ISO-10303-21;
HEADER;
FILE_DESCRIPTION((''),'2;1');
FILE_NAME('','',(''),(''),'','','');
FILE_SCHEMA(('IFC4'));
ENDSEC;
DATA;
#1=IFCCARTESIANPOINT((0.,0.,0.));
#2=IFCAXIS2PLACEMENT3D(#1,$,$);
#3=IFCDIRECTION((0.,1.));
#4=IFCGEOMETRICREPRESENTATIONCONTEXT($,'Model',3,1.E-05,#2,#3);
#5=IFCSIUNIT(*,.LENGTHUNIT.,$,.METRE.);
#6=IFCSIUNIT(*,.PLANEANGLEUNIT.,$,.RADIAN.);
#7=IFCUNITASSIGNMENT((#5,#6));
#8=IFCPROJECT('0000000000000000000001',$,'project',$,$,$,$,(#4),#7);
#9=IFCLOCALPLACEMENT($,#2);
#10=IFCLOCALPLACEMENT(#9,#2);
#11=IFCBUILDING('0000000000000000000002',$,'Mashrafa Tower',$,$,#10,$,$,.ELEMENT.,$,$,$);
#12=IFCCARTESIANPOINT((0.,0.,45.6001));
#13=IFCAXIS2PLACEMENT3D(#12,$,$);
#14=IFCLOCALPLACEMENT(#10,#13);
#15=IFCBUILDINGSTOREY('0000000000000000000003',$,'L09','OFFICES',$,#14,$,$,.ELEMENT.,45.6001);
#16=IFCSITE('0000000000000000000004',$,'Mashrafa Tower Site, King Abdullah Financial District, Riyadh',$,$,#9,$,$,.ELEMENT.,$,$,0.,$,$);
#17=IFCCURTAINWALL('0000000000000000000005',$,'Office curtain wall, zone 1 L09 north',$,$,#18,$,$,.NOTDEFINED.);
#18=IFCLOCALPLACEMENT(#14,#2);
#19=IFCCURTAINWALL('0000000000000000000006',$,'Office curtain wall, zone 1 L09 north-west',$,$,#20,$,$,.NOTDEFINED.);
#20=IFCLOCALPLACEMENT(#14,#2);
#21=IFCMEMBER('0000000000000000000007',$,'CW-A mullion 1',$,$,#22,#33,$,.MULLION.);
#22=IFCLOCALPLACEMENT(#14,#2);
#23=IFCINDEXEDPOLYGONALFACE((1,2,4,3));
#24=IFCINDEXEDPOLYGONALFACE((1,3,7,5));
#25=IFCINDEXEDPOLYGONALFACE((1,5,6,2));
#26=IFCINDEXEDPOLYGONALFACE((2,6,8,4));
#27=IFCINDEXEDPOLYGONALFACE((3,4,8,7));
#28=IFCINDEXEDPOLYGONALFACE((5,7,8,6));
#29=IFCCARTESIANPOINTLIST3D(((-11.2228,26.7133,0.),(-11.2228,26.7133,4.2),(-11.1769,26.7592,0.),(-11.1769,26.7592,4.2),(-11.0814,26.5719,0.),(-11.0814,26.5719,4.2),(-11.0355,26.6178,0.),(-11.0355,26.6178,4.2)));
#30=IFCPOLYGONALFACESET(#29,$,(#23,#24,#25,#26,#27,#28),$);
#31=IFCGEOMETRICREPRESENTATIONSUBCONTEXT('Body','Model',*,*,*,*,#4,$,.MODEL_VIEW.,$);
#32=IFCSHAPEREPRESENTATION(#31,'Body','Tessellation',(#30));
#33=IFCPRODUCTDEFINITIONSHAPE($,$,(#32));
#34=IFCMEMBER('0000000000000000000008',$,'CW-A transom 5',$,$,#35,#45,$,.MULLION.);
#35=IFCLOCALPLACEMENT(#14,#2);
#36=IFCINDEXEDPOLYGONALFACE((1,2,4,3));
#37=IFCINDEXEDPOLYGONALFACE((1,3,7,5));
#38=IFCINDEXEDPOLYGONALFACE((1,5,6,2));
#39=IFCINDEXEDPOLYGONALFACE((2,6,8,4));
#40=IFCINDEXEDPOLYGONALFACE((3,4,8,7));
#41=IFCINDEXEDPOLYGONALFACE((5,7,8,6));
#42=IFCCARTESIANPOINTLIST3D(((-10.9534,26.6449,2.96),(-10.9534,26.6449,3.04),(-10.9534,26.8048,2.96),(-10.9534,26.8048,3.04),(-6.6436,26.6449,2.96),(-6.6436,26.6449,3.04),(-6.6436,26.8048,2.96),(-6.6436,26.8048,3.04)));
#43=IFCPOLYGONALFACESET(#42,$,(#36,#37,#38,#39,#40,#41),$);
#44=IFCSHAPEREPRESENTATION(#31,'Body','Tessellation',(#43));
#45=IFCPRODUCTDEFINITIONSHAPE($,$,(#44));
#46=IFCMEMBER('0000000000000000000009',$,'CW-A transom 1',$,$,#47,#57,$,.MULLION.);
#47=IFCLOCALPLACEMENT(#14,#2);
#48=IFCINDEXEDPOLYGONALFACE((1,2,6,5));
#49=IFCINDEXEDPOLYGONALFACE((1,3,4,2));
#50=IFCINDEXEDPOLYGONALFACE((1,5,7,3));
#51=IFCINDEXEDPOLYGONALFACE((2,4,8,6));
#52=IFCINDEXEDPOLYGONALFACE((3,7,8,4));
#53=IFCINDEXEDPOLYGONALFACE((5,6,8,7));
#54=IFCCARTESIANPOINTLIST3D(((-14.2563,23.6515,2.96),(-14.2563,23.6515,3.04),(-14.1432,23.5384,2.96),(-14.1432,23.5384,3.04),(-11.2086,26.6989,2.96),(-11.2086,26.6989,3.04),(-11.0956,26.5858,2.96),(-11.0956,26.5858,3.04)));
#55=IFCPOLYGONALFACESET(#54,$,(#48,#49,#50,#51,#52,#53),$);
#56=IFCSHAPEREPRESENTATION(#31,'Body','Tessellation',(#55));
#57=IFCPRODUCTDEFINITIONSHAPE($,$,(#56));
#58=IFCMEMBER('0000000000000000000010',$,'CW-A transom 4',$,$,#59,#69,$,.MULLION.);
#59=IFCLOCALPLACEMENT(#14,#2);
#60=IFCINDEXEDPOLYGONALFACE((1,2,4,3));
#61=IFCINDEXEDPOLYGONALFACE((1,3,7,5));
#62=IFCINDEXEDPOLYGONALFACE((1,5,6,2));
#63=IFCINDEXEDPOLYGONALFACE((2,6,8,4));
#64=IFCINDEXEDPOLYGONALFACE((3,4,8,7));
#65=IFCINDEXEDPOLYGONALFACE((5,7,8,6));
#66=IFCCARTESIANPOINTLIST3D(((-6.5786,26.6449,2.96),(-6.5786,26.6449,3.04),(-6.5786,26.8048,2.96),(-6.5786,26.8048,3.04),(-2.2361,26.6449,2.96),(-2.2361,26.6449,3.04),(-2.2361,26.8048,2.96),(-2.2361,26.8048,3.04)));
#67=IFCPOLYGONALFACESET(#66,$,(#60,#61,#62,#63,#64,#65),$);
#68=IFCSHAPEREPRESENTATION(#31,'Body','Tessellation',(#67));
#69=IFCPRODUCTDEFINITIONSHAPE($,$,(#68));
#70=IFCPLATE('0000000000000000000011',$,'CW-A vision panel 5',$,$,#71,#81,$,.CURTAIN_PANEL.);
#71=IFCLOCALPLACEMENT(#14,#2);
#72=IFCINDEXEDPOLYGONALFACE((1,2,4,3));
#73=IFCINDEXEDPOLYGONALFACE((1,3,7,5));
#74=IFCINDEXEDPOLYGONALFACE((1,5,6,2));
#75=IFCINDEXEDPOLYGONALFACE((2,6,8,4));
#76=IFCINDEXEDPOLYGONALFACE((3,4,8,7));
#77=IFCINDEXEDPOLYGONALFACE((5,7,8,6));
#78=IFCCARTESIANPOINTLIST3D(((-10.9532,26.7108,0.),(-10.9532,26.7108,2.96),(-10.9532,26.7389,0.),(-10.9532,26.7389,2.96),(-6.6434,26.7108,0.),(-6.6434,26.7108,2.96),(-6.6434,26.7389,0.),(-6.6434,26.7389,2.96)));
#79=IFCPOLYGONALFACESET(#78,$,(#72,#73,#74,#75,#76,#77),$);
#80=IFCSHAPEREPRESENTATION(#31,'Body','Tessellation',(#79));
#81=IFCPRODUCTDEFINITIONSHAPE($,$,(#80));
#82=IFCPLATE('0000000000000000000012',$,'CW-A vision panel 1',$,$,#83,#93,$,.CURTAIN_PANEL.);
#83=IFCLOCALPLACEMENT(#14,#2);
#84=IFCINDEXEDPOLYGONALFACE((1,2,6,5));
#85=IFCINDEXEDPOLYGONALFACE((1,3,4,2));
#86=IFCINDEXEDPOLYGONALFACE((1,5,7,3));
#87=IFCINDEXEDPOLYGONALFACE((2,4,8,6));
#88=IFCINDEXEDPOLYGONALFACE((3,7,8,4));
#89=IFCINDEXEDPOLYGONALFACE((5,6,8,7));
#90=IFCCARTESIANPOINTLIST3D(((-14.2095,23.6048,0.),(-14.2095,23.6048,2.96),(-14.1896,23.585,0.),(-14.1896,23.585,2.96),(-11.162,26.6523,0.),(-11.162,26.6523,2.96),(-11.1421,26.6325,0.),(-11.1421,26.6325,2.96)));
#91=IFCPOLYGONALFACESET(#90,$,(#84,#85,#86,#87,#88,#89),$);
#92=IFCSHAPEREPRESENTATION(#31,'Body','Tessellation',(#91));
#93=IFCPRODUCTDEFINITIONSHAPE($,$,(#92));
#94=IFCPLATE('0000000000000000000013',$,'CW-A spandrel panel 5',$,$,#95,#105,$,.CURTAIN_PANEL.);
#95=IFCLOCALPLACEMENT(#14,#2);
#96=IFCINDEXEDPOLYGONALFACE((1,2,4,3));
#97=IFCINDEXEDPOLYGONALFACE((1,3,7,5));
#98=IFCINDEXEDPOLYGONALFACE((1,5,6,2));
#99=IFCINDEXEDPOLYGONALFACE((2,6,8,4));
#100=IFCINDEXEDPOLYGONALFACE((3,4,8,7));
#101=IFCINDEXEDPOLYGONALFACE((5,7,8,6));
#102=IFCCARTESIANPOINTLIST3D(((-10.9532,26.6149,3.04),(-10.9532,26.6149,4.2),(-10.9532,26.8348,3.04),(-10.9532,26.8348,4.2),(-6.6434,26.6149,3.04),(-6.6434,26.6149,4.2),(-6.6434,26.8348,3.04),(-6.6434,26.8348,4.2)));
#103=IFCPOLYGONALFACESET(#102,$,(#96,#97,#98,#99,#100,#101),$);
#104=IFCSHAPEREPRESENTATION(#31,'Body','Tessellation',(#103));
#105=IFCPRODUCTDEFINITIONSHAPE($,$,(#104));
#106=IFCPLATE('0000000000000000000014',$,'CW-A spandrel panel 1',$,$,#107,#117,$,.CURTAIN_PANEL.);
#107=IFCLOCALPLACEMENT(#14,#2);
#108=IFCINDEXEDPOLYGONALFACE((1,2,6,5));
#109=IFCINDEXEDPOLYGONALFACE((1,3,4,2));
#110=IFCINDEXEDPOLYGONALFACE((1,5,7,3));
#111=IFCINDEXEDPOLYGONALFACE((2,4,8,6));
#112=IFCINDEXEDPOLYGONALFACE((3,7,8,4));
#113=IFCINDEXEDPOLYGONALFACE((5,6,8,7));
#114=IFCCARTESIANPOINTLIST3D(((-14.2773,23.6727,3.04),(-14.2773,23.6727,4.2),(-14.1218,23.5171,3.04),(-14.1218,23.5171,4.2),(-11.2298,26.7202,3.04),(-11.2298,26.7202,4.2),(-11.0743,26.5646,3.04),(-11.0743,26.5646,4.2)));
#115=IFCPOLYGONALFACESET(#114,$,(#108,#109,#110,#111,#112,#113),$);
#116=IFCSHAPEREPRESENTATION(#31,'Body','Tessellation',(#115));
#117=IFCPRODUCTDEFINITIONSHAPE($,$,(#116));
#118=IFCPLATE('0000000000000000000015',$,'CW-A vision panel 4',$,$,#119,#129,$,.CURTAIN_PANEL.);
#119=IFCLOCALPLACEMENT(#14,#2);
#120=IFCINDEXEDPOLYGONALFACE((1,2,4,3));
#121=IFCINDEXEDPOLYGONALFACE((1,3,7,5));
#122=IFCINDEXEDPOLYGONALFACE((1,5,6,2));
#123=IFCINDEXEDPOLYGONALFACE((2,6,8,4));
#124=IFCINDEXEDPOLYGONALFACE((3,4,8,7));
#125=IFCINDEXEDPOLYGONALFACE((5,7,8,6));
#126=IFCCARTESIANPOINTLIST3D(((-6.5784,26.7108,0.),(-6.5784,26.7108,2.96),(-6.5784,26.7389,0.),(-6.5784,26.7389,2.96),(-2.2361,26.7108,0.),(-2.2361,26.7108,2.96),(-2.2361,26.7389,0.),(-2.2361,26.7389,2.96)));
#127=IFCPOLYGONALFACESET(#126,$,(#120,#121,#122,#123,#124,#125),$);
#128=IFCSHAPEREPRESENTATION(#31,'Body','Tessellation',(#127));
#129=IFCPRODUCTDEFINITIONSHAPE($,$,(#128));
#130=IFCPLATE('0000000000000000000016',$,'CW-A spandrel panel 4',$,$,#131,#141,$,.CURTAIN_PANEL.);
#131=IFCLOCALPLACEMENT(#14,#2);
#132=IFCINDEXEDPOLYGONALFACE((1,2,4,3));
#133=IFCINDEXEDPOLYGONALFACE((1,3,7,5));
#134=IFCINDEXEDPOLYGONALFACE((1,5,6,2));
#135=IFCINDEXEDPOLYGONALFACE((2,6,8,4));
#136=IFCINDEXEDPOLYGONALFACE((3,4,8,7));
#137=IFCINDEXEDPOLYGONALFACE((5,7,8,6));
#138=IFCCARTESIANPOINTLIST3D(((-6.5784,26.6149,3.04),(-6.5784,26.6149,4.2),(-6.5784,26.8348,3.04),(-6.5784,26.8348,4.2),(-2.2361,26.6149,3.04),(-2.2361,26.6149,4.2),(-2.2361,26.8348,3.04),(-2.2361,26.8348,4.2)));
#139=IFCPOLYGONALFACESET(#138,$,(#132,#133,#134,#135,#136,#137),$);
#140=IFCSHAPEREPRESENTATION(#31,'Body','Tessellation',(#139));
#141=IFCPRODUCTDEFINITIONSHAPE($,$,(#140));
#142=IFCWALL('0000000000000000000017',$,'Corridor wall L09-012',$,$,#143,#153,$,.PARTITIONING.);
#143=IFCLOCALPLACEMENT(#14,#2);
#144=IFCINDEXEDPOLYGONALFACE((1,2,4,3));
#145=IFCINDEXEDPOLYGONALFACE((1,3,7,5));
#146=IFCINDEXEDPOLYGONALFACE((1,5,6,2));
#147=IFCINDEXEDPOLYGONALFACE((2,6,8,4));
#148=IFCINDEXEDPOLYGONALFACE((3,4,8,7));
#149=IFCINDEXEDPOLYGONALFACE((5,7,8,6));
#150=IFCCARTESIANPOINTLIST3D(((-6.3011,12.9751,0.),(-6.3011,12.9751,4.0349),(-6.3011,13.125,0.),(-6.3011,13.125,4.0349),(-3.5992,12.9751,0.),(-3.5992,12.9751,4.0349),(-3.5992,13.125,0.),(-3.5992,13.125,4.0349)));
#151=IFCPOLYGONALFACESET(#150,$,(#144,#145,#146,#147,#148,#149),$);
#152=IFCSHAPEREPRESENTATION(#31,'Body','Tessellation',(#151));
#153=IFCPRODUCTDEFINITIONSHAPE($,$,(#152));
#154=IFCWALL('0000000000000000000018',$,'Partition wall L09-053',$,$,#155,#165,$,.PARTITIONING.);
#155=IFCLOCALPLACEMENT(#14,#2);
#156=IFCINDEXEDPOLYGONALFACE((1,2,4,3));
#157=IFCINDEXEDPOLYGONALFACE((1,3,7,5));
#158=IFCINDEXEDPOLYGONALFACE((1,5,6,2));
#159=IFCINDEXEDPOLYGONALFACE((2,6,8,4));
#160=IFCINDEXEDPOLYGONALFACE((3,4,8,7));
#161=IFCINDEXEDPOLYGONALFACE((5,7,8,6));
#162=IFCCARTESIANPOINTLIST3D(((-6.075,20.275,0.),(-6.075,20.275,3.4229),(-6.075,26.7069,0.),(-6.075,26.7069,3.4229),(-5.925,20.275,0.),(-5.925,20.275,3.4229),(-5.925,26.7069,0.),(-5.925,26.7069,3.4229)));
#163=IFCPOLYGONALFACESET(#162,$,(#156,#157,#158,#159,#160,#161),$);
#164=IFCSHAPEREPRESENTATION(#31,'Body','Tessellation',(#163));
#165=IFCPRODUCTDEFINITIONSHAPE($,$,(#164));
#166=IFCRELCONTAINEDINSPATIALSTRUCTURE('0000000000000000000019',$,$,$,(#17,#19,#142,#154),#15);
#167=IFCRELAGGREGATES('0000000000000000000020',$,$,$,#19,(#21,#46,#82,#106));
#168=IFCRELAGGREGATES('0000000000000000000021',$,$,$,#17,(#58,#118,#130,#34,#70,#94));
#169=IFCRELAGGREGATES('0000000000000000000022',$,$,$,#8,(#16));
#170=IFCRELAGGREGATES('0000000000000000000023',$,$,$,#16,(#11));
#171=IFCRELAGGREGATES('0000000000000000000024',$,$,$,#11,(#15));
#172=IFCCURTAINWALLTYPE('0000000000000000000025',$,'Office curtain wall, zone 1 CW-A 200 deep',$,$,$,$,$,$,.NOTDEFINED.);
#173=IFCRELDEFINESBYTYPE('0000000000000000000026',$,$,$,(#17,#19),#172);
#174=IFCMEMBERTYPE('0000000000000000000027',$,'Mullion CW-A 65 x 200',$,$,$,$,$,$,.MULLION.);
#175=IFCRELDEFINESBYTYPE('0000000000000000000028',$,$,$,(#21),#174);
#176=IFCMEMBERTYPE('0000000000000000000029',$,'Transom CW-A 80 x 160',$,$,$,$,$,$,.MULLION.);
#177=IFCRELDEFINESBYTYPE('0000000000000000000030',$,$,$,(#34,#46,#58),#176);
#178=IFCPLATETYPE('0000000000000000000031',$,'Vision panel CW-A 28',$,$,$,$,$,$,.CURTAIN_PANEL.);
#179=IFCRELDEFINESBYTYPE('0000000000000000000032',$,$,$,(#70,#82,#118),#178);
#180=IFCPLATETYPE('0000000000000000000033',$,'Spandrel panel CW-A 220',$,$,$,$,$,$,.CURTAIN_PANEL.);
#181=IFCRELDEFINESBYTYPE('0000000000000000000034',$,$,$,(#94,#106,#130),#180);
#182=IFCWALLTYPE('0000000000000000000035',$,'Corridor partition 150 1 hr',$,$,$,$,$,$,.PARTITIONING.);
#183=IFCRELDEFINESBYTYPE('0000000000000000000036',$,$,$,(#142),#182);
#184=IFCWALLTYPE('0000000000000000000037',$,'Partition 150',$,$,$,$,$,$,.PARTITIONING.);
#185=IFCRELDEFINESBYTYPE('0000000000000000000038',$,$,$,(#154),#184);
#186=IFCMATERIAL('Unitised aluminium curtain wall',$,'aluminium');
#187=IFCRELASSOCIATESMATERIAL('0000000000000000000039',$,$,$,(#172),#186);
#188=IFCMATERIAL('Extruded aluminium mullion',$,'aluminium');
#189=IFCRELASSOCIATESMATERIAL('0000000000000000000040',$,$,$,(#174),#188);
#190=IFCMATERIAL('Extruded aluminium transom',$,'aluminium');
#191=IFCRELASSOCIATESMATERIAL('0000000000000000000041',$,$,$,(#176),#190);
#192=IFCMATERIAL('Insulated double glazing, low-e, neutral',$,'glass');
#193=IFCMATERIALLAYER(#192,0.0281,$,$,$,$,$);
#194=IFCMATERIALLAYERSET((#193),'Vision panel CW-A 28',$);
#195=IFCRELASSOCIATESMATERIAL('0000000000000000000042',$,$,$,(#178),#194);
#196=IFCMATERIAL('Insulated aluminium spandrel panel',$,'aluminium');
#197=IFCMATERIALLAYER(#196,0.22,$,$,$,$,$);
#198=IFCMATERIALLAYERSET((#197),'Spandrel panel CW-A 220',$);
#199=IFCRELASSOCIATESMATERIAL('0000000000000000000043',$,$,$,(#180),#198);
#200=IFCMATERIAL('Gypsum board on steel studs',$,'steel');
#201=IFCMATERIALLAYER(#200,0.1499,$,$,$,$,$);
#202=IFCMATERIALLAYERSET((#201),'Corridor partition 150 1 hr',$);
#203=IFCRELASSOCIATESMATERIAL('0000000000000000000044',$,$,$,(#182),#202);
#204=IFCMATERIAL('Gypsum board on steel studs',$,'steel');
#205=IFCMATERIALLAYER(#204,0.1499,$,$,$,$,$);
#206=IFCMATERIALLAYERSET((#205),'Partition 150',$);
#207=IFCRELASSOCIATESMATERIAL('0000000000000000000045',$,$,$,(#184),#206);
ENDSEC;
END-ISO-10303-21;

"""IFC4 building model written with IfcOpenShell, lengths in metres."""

from ifc_helpers import new_model, si_unit, direction, frame, frame_2d, origin, origin_2d, place, context, subcontext, project, spatial, rectangle, extrude, source, transform, mapped, material, layer, layer_set, material_profile, profile_set, type_object, type_shapes, element, aggregate, save


model = new_model("IFC4")

# Units and contexts
model_context = context("Model", 3, precision=1e-05, world=origin(), true_north=direction((0.0, 1.0)))
body_context = subcontext(model_context, "Body", "Model", "MODEL_VIEW")
ifc_project = project(units=[si_unit("LENGTHUNIT", "METRE"), si_unit("PLANEANGLEUNIT", "RADIAN")], contexts=[model_context])

# Site, building, storey
site_placement = place(None, origin())
site = spatial("IfcSite", under=ifc_project, at=site_placement, Name="Mashrafa Tower Site, King Abdullah Financial District, Riyadh", CompositionType="ELEMENT", RefElevation=0.0)
building_placement = place(site_placement, origin())
building = spatial("IfcBuilding", under=site, at=building_placement, Name="Mashrafa Tower", CompositionType="ELEMENT")
storey_placement = place(building_placement, frame((0.0, 0.0, 45.6001)))
storey = spatial("IfcBuildingStorey", under=building, at=storey_placement, Name="L09", Description="OFFICES", CompositionType="ELEMENT", Elevation=45.6001)

# Curtain wall
ifc_material_1 = material(Name="Unitised aluminium curtain wall", Category="aluminium")
curtain_wall_type = type_object("IfcCurtainWallType", Name="Office curtain wall, zone 1 CW-A 200 deep", PredefinedType="NOTDEFINED", material=ifc_material_1)
curtain_wall_1_placement = place(storey_placement, origin())
curtain_wall_1 = element("IfcCurtainWall", 1, at=curtain_wall_1_placement, inside=storey, type_object=curtain_wall_type, Name="Office curtain wall, zone 1 L09 north", PredefinedType="NOTDEFINED")
ifc_material_2 = material(Name="Extruded aluminium mullion", Category="aluminium")
ifc_material_profile_1 = material_profile(ifc_material_2, rectangle(XDim=0.2, YDim=0.0649, at=origin_2d()), Name="Mullion 65x200")
ifc_profile_set_1 = profile_set([ifc_material_profile_1], Name="Extruded aluminium mullion")
member_type_1 = type_object("IfcMemberType", Name="Mullion CW-A 65 x 200", PredefinedType="MULLION", material=ifc_profile_set_1)
shared_shape_1 = source(origin(), body_context, "Body", "SweptSolid", [
    extrude(rectangle(XDim=0.2, YDim=0.0649, at=origin_2d()), origin(), (0.0, 0.0, 1.0), 4.2),
])
type_shapes(member_type_1, [shared_shape_1])

# Curtain wall, member
curtain_wall_2_placement = place(storey_placement, origin())
curtain_wall_2 = element("IfcCurtainWall", 2, at=curtain_wall_2_placement, inside=storey, type_object=curtain_wall_type, Name="Office curtain wall, zone 1 L09 north-west", PredefinedType="NOTDEFINED")
member_1_placement = place(storey_placement, frame((-11.1292, 26.6655, 0.0), z_axis=(0.0, 0.0, 1.0), x_axis=(0.707107, -0.707107, 0.0)))
member_1 = element("IfcMember", 3, at=member_1_placement, type_object=member_type_1, Name="CW-A mullion 1", PredefinedType="MULLION", context=body_context, shape_type="MappedRepresentation", body=[
    mapped(shared_shape_1, transform((0.0, 0.0, 0.0))),
])

# Members
ifc_material_3 = material(Name="Extruded aluminium transom", Category="aluminium")
ifc_material_profile_2 = material_profile(ifc_material_3, rectangle(XDim=0.1599, YDim=0.0801, at=origin_2d()), Name="Transom 80x160")
ifc_profile_set_2 = profile_set([ifc_material_profile_2], Name="Extruded aluminium transom")
member_type_2 = type_object("IfcMemberType", Name="Transom CW-A 80 x 160", PredefinedType="MULLION", material=ifc_profile_set_2)
shared_shape_2 = source(origin(), body_context, "Body", "SweptSolid", [
    extrude(rectangle(XDim=0.1599, YDim=0.0801, at=origin_2d()), origin(), (0.0, 0.0, 1.0), 4.3098),
])
member_2_placement = place(storey_placement, frame((-6.6436, 26.7249, 3.0), z_axis=(-1.0, 0.0, 0.0), x_axis=(0.0, -1.0, 0.0)))
member_2 = element("IfcMember", 4, at=member_2_placement, type_object=member_type_2, Name="CW-A transom 5", PredefinedType="MULLION", context=body_context, shape_type="MappedRepresentation", body=[
    mapped(shared_shape_2, transform((0.0, 0.0, 0.0))),
])
member_3_placement = place(storey_placement, frame((-11.1521, 26.6423, 3.0), z_axis=(-0.707135, -0.707078, 0.0), x_axis=(0.707078, -0.707135, 0.0)))
member_3 = element("IfcMember", 5, at=member_3_placement, type_object=member_type_2, Name="CW-A transom 1", PredefinedType="MULLION", context=body_context, shape_type="MappedRepresentation", body=[
    mapped(shared_shape_2, transform((0.0, 0.0, 0.0))),
])
shared_shape_3 = source(origin(), body_context, "Body", "SweptSolid", [
    extrude(rectangle(XDim=0.1599, YDim=0.0801, at=origin_2d()), origin(), (0.0, 0.0, 1.0), 4.3425),
])
type_shapes(member_type_2, [shared_shape_2, shared_shape_3])
member_4_placement = place(storey_placement, frame((-2.2361, 26.7249, 3.0), z_axis=(-1.0, 0.0, 0.0), x_axis=(0.0, -1.0, 0.0)))
member_4 = element("IfcMember", 6, at=member_4_placement, type_object=member_type_2, Name="CW-A transom 4", PredefinedType="MULLION", context=body_context, shape_type="MappedRepresentation", body=[
    mapped(shared_shape_3, transform((0.0, 0.0, 0.0))),
])

# Plates
ifc_material_4 = material(Name="Insulated double glazing, low-e, neutral", Category="glass")
ifc_layer_1 = layer(ifc_material_4, 0.0281)
ifc_layer_set_1 = layer_set([ifc_layer_1], Name="Vision panel CW-A 28")
plate_type_1 = type_object("IfcPlateType", Name="Vision panel CW-A 28", PredefinedType="CURTAIN_PANEL", material=ifc_layer_set_1)
shared_shape_4 = source(origin(), body_context, "Body", "SweptSolid", [
    extrude(rectangle(XDim=4.3098, YDim=0.0281, at=origin_2d()), origin(), (0.0, 0.0, 1.0), 2.96),
])
plate_1_placement = place(storey_placement, frame((-8.7983, 26.7249, 0.0), z_axis=(0.0, 0.0, 1.0), x_axis=(-1.0, 0.0, 0.0)))
plate_1 = element("IfcPlate", 7, at=plate_1_placement, type_object=plate_type_1, Name="CW-A vision panel 5", PredefinedType="CURTAIN_PANEL", context=body_context, shape_type="MappedRepresentation", body=[
    mapped(shared_shape_4, transform((0.0, 0.0, 0.0))),
])
plate_2_placement = place(storey_placement, frame((-12.6758, 25.1187, 0.0), z_axis=(0.0, 0.0, 1.0), x_axis=(-0.707107, -0.707107, 0.0)))
plate_2 = element("IfcPlate", 8, at=plate_2_placement, type_object=plate_type_1, Name="CW-A vision panel 1", PredefinedType="CURTAIN_PANEL", context=body_context, shape_type="MappedRepresentation", body=[
    mapped(shared_shape_4, transform((0.0, 0.0, 0.0))),
])
ifc_material_5 = material(Name="Insulated aluminium spandrel panel", Category="aluminium")
ifc_layer_2 = layer(ifc_material_5, 0.22)
ifc_layer_set_2 = layer_set([ifc_layer_2], Name="Spandrel panel CW-A 220")
plate_type_2 = type_object("IfcPlateType", Name="Spandrel panel CW-A 220", PredefinedType="CURTAIN_PANEL", material=ifc_layer_set_2)
shared_shape_5 = source(origin(), body_context, "Body", "SweptSolid", [
    extrude(rectangle(XDim=4.3098, YDim=0.22, at=origin_2d()), origin(), (0.0, 0.0, 1.0), 1.1599),
])
plate_3_placement = place(storey_placement, frame((-8.7983, 26.7249, 3.04), z_axis=(0.0, 0.0, 1.0), x_axis=(-1.0, 0.0, 0.0)))
plate_3 = element("IfcPlate", 9, at=plate_3_placement, type_object=plate_type_2, Name="CW-A spandrel panel 5", PredefinedType="CURTAIN_PANEL", context=body_context, shape_type="MappedRepresentation", body=[
    mapped(shared_shape_5, transform((0.0, 0.0, 0.0))),
])
plate_4_placement = place(storey_placement, frame((-12.6758, 25.1187, 3.04), z_axis=(0.0, 0.0, 1.0), x_axis=(-0.707107, -0.707107, 0.0)))
plate_4 = element("IfcPlate", 10, at=plate_4_placement, type_object=plate_type_2, Name="CW-A spandrel panel 1", PredefinedType="CURTAIN_PANEL", context=body_context, shape_type="MappedRepresentation", body=[
    mapped(shared_shape_5, transform((0.0, 0.0, 0.0))),
])
aggregate(curtain_wall_2, [member_1, member_3, plate_2, plate_4])
shared_shape_6 = source(origin(), body_context, "Body", "SweptSolid", [
    extrude(rectangle(XDim=4.3423, YDim=0.0281, at=origin_2d()), origin(), (0.0, 0.0, 1.0), 2.96),
])
type_shapes(plate_type_1, [shared_shape_4, shared_shape_6])
plate_5_placement = place(storey_placement, frame((-4.4072, 26.7249, 0.0), z_axis=(0.0, 0.0, 1.0), x_axis=(-1.0, 0.0, 0.0)))
plate_5 = element("IfcPlate", 11, at=plate_5_placement, type_object=plate_type_1, Name="CW-A vision panel 4", PredefinedType="CURTAIN_PANEL", context=body_context, shape_type="MappedRepresentation", body=[
    mapped(shared_shape_6, transform((0.0, 0.0, 0.0))),
])
shared_shape_7 = source(origin(), body_context, "Body", "SweptSolid", [
    extrude(rectangle(XDim=4.3423, YDim=0.22, at=origin_2d()), origin(), (0.0, 0.0, 1.0), 1.1599),
])
type_shapes(plate_type_2, [shared_shape_5, shared_shape_7])
plate_6_placement = place(storey_placement, frame((-4.4072, 26.7249, 3.04), z_axis=(0.0, 0.0, 1.0), x_axis=(-1.0, 0.0, 0.0)))
plate_6 = element("IfcPlate", 12, at=plate_6_placement, type_object=plate_type_2, Name="CW-A spandrel panel 4", PredefinedType="CURTAIN_PANEL", context=body_context, shape_type="MappedRepresentation", body=[
    mapped(shared_shape_7, transform((0.0, 0.0, 0.0))),
])
aggregate(curtain_wall_1, [member_4, plate_5, plate_6, member_2, plate_1, plate_3])

# Walls
ifc_material_6 = material(Name="Gypsum board on steel studs", Category="steel")
ifc_layer_3 = layer(ifc_material_6, 0.1499)
ifc_layer_set_3 = layer_set([ifc_layer_3], Name="Corridor partition 150 1 hr")
wall_type_1 = type_object("IfcWallType", Name="Corridor partition 150 1 hr", PredefinedType="PARTITIONING", material=ifc_layer_set_3)
wall_1_placement = place(storey_placement, frame((-3.5991, 13.05, 0.0), z_axis=(0.0, 0.0, 1.0), x_axis=(-1.0, 0.0, 0.0)))
element("IfcWall", 13, at=wall_1_placement, inside=storey, type_object=wall_type_1, Name="Corridor wall L09-012", PredefinedType="PARTITIONING", context=body_context, shape_type="SweptSolid", body=[
    extrude(rectangle(XDim=2.7019, YDim=0.1499, at=frame_2d((1.3511, 0.0))), origin(), (0.0, 0.0, 1.0), 4.0349),
])
ifc_material_7 = material(Name="Gypsum board on steel studs", Category="steel")
ifc_layer_4 = layer(ifc_material_7, 0.1499)
ifc_layer_set_4 = layer_set([ifc_layer_4], Name="Partition 150")
wall_type_2 = type_object("IfcWallType", Name="Partition 150", PredefinedType="PARTITIONING", material=ifc_layer_set_4)
wall_2_placement = place(storey_placement, frame((-6.0, 26.7068, 0.0), z_axis=(0.0, 0.0, 1.0), x_axis=(0.0, -1.0, 0.0)))
element("IfcWall", 14, at=wall_2_placement, inside=storey, type_object=wall_type_2, Name="Partition wall L09-053", PredefinedType="PARTITIONING", context=body_context, shape_type="SweptSolid", body=[
    extrude(rectangle(XDim=6.4319, YDim=0.1499, at=frame_2d((3.2158, 0.0))), origin(), (0.0, 0.0, 1.0), 3.4229),
])

save(model, "model.ifc")
